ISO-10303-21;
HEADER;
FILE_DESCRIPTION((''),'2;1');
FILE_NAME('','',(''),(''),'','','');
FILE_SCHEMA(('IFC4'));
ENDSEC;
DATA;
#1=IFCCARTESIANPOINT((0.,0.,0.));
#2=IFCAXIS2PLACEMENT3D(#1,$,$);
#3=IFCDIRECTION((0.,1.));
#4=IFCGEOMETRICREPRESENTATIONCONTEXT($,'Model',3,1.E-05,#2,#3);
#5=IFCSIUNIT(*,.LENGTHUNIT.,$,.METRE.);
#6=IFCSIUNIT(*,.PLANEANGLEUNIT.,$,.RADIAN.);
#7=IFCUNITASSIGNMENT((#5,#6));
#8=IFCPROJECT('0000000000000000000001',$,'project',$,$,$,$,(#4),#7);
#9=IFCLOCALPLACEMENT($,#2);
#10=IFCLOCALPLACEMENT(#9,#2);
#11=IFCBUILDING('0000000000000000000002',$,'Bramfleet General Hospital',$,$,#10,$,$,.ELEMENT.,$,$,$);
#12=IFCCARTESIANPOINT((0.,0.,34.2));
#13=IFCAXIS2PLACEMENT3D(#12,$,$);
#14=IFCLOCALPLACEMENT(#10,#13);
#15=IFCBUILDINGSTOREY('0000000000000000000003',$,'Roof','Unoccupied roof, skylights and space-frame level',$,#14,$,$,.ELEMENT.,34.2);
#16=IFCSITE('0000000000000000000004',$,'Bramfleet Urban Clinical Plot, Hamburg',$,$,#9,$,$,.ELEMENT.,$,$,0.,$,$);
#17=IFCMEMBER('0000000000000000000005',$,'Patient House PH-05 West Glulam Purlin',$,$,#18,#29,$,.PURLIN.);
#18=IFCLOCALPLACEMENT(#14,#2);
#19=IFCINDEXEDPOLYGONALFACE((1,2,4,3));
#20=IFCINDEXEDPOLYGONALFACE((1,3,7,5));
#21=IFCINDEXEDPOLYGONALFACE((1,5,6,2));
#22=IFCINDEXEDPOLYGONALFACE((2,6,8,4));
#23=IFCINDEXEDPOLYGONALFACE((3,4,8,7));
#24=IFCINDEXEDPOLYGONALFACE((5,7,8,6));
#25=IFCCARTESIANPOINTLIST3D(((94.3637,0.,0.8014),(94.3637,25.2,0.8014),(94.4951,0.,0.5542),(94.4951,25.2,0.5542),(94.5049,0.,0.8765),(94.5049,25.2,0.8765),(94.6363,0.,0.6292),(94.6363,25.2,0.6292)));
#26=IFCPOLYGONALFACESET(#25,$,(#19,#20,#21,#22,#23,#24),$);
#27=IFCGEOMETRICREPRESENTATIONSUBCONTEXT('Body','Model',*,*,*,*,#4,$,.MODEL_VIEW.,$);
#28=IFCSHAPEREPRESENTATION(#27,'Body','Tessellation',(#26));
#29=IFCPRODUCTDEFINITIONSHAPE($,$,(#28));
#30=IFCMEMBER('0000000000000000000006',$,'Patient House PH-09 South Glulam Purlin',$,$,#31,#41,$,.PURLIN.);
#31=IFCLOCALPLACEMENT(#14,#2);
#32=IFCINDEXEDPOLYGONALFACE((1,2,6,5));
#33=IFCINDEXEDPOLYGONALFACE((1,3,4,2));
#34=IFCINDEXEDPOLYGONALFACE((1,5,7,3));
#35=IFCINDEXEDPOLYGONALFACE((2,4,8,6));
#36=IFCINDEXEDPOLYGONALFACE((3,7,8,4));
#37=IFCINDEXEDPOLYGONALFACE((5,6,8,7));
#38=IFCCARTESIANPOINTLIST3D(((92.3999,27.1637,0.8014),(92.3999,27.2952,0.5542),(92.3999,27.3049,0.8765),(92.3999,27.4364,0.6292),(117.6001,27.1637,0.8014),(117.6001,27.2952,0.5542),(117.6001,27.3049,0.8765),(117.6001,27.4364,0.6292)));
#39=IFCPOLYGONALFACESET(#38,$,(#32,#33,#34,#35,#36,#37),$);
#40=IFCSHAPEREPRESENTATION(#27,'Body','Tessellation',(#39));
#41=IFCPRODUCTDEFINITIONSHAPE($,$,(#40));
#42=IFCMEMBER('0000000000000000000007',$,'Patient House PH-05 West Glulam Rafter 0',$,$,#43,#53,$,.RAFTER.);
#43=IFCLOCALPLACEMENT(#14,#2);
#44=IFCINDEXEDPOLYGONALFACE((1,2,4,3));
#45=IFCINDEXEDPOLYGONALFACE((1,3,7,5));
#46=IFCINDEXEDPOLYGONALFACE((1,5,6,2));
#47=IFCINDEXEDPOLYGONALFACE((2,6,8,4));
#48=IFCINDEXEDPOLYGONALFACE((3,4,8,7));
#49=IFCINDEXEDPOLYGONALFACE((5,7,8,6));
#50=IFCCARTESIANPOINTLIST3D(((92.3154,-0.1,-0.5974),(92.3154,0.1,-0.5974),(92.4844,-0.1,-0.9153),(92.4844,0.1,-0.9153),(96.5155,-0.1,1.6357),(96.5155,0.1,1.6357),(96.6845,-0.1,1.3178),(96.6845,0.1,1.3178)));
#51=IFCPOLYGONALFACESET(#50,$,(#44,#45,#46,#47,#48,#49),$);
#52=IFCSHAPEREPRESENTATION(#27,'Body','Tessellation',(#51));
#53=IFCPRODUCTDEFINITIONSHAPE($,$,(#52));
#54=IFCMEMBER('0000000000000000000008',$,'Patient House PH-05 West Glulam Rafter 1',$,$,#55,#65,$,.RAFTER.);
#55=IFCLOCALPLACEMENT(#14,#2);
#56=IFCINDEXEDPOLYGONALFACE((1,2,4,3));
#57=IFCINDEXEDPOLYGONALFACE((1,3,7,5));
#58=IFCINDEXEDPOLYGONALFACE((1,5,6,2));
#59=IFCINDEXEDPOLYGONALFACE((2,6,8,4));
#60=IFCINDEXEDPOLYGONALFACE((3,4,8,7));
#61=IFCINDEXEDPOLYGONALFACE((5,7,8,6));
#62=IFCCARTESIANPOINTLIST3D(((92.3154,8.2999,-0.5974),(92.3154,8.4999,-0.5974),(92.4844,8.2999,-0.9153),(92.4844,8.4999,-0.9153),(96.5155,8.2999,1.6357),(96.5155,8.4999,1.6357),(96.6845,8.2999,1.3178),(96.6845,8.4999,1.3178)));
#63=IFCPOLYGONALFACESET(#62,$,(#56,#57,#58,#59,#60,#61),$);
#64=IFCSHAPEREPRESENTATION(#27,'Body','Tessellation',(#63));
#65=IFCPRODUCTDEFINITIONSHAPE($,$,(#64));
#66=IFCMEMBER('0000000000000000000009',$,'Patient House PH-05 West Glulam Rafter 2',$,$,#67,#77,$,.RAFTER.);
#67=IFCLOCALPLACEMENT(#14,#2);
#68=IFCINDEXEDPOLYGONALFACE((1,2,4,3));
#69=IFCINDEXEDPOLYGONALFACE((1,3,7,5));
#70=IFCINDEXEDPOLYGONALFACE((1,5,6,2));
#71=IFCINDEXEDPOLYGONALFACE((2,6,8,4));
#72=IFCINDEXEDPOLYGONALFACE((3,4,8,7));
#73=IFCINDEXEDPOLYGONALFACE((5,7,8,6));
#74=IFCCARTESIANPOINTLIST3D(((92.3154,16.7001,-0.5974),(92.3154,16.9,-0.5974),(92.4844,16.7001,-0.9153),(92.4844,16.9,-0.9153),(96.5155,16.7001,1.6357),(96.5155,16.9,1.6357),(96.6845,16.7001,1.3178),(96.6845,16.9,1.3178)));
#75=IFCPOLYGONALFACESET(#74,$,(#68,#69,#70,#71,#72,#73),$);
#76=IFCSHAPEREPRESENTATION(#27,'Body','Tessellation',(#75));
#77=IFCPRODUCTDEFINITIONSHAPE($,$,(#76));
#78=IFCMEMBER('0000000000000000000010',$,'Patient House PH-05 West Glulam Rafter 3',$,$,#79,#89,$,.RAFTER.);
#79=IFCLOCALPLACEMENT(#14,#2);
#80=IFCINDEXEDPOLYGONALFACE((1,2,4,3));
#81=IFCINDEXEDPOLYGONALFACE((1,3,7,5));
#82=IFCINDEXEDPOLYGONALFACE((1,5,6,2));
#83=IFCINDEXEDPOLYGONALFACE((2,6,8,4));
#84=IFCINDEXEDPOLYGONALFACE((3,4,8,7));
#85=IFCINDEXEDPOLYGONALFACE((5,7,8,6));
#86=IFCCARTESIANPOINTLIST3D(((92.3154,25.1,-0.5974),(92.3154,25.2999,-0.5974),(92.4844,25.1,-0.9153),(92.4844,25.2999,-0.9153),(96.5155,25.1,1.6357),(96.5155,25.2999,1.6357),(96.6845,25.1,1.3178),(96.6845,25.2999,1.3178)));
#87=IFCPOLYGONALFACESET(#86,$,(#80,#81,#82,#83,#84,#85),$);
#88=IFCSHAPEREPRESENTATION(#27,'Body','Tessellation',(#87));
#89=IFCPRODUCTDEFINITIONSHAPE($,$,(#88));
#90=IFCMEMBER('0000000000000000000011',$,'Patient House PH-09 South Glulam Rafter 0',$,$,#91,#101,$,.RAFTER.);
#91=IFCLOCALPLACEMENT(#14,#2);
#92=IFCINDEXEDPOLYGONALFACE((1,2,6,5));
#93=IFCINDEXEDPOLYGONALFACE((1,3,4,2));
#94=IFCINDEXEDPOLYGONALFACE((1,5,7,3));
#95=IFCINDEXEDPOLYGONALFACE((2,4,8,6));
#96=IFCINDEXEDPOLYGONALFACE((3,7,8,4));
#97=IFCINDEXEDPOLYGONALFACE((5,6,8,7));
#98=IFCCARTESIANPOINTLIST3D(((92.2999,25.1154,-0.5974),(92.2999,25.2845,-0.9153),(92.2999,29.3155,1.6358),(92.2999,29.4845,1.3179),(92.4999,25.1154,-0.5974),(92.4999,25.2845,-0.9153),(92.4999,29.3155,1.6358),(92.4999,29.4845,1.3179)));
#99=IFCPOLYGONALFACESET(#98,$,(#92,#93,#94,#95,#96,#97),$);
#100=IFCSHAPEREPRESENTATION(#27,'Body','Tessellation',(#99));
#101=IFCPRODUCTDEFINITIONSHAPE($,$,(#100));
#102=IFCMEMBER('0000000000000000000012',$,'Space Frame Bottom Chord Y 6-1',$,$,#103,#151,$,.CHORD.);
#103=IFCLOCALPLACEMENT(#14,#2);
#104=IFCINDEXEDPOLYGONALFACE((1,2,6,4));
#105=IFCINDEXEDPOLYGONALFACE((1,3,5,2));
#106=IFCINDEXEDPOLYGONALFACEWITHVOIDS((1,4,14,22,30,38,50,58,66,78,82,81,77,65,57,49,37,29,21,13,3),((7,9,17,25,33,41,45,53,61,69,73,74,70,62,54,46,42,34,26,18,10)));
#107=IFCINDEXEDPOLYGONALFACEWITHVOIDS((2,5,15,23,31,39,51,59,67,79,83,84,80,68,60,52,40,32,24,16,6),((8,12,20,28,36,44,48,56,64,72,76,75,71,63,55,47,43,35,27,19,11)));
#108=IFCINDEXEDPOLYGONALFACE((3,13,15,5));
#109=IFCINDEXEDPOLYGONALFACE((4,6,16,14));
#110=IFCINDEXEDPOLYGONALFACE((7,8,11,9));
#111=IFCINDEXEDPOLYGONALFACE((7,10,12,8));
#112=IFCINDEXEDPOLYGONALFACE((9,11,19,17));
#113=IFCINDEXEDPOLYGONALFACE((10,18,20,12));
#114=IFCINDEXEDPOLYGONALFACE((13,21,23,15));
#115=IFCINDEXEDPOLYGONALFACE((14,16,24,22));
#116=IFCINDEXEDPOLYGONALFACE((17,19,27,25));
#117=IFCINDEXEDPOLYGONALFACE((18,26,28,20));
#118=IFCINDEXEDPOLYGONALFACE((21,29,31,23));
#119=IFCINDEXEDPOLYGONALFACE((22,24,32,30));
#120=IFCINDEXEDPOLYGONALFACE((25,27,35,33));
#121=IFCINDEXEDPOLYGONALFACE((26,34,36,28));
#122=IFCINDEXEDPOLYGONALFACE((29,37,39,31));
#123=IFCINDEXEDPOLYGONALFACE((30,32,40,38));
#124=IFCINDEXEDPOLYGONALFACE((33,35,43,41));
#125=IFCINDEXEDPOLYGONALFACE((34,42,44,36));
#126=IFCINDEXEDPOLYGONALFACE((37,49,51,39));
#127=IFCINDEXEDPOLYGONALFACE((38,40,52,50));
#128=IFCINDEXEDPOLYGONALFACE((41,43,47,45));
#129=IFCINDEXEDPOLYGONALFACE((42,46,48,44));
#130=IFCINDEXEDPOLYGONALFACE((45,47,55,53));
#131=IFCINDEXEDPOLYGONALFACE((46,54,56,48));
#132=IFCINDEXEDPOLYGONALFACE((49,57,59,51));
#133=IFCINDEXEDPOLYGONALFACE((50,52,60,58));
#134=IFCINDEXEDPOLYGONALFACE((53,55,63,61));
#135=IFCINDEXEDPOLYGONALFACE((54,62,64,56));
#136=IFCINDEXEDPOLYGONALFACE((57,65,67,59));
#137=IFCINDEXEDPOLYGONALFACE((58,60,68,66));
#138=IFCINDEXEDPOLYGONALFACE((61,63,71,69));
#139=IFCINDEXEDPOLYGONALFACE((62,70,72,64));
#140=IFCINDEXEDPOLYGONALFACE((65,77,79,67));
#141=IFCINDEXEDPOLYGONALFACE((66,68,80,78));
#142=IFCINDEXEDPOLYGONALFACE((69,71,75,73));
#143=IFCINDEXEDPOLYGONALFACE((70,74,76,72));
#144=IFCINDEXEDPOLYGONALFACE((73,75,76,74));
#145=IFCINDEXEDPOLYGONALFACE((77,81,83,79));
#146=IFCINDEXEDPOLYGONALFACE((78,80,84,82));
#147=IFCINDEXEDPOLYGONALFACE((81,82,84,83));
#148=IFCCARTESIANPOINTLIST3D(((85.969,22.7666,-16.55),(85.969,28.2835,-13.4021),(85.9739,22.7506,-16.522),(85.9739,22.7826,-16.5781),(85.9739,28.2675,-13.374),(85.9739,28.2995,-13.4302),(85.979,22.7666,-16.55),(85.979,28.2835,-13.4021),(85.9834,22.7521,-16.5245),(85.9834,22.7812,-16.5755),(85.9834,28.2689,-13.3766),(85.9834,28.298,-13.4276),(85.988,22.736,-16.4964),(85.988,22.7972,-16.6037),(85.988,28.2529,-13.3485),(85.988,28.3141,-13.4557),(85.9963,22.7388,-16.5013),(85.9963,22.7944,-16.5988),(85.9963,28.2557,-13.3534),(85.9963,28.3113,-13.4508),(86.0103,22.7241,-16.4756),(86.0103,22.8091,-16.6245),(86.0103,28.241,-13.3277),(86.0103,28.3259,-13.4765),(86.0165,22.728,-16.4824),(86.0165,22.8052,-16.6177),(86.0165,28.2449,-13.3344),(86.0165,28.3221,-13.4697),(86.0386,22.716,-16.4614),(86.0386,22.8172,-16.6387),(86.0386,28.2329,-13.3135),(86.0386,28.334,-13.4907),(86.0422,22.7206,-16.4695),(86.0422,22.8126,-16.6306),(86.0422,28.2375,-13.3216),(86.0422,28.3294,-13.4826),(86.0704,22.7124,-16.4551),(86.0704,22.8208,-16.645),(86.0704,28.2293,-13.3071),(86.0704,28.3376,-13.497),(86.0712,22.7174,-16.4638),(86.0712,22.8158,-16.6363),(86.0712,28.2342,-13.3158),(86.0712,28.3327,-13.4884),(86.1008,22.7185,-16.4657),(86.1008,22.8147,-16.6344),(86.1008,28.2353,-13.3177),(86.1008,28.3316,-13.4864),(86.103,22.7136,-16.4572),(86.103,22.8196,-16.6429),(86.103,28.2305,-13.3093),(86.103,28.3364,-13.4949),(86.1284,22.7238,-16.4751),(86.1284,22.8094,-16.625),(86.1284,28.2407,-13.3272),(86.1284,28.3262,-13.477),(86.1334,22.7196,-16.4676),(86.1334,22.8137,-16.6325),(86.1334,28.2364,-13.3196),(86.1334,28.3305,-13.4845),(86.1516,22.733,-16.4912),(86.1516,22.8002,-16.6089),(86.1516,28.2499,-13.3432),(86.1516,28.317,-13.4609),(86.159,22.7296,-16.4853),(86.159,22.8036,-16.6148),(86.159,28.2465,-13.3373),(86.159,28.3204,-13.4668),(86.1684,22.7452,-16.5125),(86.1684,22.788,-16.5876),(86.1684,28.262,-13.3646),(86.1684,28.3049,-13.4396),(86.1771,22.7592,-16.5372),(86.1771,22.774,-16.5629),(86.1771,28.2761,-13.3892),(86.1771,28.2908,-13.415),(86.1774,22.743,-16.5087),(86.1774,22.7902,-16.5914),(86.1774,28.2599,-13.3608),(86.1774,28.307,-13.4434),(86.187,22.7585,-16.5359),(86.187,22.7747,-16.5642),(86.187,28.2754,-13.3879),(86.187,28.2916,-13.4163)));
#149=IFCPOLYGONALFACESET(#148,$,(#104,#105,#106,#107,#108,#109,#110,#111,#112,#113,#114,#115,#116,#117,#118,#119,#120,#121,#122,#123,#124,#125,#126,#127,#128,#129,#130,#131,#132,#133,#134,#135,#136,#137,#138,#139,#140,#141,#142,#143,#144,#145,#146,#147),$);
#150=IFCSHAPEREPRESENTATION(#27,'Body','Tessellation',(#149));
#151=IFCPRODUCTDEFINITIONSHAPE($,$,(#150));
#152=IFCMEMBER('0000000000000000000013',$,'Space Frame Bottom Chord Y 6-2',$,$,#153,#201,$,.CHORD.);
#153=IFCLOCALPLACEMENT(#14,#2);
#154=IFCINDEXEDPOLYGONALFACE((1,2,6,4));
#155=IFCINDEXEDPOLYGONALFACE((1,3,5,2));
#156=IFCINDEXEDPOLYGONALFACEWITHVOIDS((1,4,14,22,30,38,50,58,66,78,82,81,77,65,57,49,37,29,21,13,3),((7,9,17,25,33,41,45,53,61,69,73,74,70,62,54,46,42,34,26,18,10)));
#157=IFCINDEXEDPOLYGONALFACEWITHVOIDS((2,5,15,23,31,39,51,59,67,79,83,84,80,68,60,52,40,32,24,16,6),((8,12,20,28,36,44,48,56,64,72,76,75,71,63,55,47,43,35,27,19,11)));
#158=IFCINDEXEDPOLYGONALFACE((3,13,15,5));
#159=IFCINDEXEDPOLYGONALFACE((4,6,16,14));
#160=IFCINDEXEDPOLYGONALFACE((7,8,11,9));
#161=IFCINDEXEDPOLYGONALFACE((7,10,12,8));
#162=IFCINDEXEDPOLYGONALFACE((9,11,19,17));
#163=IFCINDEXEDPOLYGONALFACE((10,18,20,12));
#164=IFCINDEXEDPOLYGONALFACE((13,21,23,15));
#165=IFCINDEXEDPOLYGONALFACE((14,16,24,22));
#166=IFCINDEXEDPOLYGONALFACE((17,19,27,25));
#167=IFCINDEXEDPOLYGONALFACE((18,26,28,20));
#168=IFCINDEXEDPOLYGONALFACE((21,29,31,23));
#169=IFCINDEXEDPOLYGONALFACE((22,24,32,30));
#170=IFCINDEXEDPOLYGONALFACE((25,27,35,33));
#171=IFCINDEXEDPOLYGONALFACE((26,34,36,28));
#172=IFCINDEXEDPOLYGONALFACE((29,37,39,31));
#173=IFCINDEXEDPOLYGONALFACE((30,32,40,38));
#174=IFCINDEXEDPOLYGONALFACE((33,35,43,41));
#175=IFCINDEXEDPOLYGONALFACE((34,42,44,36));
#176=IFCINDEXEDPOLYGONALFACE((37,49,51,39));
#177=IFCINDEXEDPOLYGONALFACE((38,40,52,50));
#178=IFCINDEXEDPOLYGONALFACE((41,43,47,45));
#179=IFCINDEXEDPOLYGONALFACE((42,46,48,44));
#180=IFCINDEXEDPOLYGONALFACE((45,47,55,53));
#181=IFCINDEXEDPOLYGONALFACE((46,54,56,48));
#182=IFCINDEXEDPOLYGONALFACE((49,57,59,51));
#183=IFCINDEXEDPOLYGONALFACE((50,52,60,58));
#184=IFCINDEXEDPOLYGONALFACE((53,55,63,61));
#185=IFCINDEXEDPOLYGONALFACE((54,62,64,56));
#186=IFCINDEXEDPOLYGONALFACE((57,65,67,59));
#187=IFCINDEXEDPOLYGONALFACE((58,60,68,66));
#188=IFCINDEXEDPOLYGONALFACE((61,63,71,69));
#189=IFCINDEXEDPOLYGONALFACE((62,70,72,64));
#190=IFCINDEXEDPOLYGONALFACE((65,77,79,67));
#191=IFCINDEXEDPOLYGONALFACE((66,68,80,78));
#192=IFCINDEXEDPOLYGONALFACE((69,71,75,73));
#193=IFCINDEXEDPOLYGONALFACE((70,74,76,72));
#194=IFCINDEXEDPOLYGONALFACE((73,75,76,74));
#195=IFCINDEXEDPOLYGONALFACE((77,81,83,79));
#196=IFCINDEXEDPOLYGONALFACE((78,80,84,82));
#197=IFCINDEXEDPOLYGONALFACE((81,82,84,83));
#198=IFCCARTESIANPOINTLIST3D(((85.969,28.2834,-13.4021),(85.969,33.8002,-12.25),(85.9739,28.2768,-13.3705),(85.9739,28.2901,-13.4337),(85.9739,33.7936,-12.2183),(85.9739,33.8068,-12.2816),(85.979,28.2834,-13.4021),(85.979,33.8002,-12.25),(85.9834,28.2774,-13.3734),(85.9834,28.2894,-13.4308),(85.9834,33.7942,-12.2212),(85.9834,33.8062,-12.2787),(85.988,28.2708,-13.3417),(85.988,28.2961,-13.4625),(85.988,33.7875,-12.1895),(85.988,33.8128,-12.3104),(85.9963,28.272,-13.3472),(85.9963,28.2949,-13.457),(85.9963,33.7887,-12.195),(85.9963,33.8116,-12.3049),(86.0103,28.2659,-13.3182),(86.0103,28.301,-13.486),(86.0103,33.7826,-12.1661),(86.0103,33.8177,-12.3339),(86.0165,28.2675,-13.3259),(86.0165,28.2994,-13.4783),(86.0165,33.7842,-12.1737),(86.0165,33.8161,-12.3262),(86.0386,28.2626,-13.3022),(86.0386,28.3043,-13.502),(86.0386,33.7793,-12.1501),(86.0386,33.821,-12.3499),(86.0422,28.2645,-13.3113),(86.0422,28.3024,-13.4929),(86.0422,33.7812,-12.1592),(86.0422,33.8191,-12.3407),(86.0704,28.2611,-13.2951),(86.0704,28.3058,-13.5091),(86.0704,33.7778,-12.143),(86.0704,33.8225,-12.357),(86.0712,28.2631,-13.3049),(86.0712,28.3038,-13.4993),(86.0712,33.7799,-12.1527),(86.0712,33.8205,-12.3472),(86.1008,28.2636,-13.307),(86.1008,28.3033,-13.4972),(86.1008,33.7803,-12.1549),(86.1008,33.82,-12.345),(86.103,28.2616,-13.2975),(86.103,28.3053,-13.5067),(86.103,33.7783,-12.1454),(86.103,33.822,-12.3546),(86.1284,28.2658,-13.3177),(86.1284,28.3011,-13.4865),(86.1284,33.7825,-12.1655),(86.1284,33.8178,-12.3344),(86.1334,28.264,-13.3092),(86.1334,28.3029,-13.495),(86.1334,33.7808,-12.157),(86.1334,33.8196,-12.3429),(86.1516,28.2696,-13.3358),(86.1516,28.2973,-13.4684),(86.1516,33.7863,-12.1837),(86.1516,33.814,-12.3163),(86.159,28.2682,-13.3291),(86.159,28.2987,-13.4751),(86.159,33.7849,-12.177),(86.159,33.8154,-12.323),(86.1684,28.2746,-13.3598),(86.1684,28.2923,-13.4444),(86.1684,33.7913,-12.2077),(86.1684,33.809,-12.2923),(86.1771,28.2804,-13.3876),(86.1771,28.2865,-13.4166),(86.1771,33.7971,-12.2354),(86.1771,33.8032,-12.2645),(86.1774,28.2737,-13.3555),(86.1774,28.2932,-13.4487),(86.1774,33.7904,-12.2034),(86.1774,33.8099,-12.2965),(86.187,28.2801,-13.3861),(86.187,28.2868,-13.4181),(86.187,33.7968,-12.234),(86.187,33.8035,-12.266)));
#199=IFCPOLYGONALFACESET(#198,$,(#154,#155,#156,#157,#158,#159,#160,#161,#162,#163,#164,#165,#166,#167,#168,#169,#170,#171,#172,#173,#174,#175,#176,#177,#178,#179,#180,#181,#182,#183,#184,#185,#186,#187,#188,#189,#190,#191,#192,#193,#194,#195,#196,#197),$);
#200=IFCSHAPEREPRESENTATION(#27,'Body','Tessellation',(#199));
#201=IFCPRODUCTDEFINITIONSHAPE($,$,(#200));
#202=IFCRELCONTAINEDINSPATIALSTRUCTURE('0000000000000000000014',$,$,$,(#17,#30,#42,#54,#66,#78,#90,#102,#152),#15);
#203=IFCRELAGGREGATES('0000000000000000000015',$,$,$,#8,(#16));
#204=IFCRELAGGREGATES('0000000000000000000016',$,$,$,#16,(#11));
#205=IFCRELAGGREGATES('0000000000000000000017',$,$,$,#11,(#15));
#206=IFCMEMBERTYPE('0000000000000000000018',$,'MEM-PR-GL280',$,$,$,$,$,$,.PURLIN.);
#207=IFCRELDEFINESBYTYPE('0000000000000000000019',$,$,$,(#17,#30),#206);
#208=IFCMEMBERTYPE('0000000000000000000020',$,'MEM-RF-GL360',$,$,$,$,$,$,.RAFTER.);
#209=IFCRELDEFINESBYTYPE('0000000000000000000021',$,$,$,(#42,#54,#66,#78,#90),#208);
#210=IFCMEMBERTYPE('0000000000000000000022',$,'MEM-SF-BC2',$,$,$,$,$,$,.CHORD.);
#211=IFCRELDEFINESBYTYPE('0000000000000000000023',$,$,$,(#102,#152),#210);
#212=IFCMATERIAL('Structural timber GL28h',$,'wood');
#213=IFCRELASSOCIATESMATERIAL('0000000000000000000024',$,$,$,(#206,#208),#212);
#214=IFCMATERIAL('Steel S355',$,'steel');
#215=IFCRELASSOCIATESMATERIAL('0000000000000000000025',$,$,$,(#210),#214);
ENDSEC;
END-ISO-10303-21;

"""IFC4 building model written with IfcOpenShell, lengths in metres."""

from ifc_helpers import new_model, si_unit, direction, frame, origin, origin_2d, place, context, subcontext, project, spatial, rectangle, hollow_circle, extrude, material, material_profile, profile_set, type_object, element, save


model = new_model("IFC4")

# Units and contexts
model_context = context("Model", 3, precision=1e-05, world=origin(), true_north=direction((0.0, 1.0)))
body_context = subcontext(model_context, "Body", "Model", "MODEL_VIEW")
ifc_project = project(units=[si_unit("LENGTHUNIT", "METRE"), si_unit("PLANEANGLEUNIT", "RADIAN")], contexts=[model_context])

# Site, building, storey
site_placement = place(None, origin())
site = spatial("IfcSite", under=ifc_project, at=site_placement, Name="Bramfleet Urban Clinical Plot, Hamburg", CompositionType="ELEMENT", RefElevation=0.0)
building_placement = place(site_placement, origin())
building = spatial("IfcBuilding", under=site, at=building_placement, Name="Bramfleet General Hospital", CompositionType="ELEMENT")
storey_placement = place(building_placement, frame((0.0, 0.0, 34.2)))
storey = spatial("IfcBuildingStorey", under=building, at=storey_placement, Name="Roof", Description="Unoccupied roof, skylights and space-frame level", CompositionType="ELEMENT", Elevation=34.2)

# Members
ifc_material_1 = material(Name="Structural timber GL28h", Category="wood")
ifc_material_profile_1 = material_profile(ifc_material_1, rectangle(XDim=0.1599, YDim=0.28, at=origin_2d()), Name="GL28h 280x160")
ifc_profile_set_1 = profile_set([ifc_material_profile_1], Name="Structural timber GL28h")
member_type_1 = type_object("IfcMemberType", Name="MEM-PR-GL280", PredefinedType="PURLIN", material=ifc_profile_set_1)
member_1_placement = place(storey_placement, frame((94.5, 0.0, 0.7153), z_axis=(0.0, 1.0, 0.0), x_axis=(-0.882948, 0.0, -0.469472)))
element("IfcMember", 1, at=member_1_placement, inside=storey, type_object=member_type_1, Name="Patient House PH-05 West Glulam Purlin", PredefinedType="PURLIN", context=body_context, shape_type="SweptSolid", body=[
    extrude(rectangle(XDim=0.1599, YDim=0.28, at=origin_2d()), origin(), (0.0, 0.0, 1.0), 25.2),
])
member_2_placement = place(storey_placement, frame((92.3999, 27.3, 0.7153), z_axis=(1.0, 0.0, 0.0), x_axis=(0.0, 0.882948, 0.469472)))
element("IfcMember", 2, at=member_2_placement, inside=storey, type_object=member_type_1, Name="Patient House PH-09 South Glulam Purlin", PredefinedType="PURLIN", context=body_context, shape_type="SweptSolid", body=[
    extrude(rectangle(XDim=0.1599, YDim=0.28, at=origin_2d()), origin(), (0.0, 0.0, 1.0), 25.2002),
])
ifc_material_profile_2 = material_profile(ifc_material_1, rectangle(XDim=0.2, YDim=0.3601, at=origin_2d()), Name="GL28h 360x200")
ifc_profile_set_2 = profile_set([ifc_material_profile_2], Name="Structural timber GL28h")
member_type_2 = type_object("IfcMemberType", Name="MEM-RF-GL360", PredefinedType="RAFTER", material=ifc_profile_set_2)
for number, where, z_axis, x_axis, name in (
    (3, (92.3999, 0.0, -0.7563), (0.882959, 0.0, 0.46945), (0.0, 1.0, 0.0), "Patient House PH-05 West Glulam Rafter 0"),
    (4, (92.3999, 8.3999, -0.7563), (0.882959, 0.0, 0.46945), (0.0, 1.0, 0.0), "Patient House PH-05 West Glulam Rafter 1"),
    (5, (92.3999, 16.8, -0.7563), (0.882959, 0.0, 0.46945), (0.0, 1.0, 0.0), "Patient House PH-05 West Glulam Rafter 2"),
    (6, (92.3999, 25.2, -0.7563), (0.882959, 0.0, 0.46945), (0.0, 1.0, 0.0), "Patient House PH-05 West Glulam Rafter 3"),
    (7, (92.3999, 25.2, -0.7563), (0.0, 0.882948, 0.469472), (-1.0, 0.0, 0.0), "Patient House PH-09 South Glulam Rafter 0"),
):
    element("IfcMember", number, at=place(storey_placement, frame(where, z_axis=z_axis, x_axis=x_axis)), inside=storey, type_object=member_type_2, Name=name, PredefinedType="RAFTER", context=body_context, shape_type="SweptSolid", body=[
        extrude(rectangle(XDim=0.2, YDim=0.3601, at=origin_2d()), origin(), (0.0, 0.0, 1.0), 4.7568),
    ])
ifc_material_2 = material(Name="Steel S355", Category="steel")
ifc_material_profile_3 = material_profile(ifc_material_2, hollow_circle(Radius=0.1096, WallThickness=0.01, at=origin_2d()), Name="CHS 219.1x10.0")
ifc_profile_set_3 = profile_set([ifc_material_profile_3], Name="Steel S355")
member_type_3 = type_object("IfcMemberType", Name="MEM-SF-BC2", PredefinedType="CHORD", material=ifc_profile_set_3)
member_3_placement = place(storey_placement, frame((86.0786, 22.7666, -16.55), z_axis=(0.0, 0.86855, 0.495601), x_axis=(-1.0, 0.0, 0.0)))
element("IfcMember", 8, at=member_3_placement, inside=storey, type_object=member_type_3, Name="Space Frame Bottom Chord Y 6-1", PredefinedType="CHORD", context=body_context, shape_type="SweptSolid", body=[
    extrude(hollow_circle(Radius=0.1096, WallThickness=0.01, at=origin_2d()), origin(), (0.0, 0.0, 1.0), 6.3518),
])
member_4_placement = place(storey_placement, frame((86.0786, 28.2834, -13.4021), z_axis=(0.0, 0.978881, 0.204432), x_axis=(-1.0, 0.0, 0.0)))
element("IfcMember", 9, at=member_4_placement, inside=storey, type_object=member_type_3, Name="Space Frame Bottom Chord Y 6-2", PredefinedType="CHORD", context=body_context, shape_type="SweptSolid", body=[
    extrude(hollow_circle(Radius=0.1096, WallThickness=0.01, at=origin_2d()), origin(), (0.0, 0.0, 1.0), 5.6357),
])

save(model, "model.ifc")
